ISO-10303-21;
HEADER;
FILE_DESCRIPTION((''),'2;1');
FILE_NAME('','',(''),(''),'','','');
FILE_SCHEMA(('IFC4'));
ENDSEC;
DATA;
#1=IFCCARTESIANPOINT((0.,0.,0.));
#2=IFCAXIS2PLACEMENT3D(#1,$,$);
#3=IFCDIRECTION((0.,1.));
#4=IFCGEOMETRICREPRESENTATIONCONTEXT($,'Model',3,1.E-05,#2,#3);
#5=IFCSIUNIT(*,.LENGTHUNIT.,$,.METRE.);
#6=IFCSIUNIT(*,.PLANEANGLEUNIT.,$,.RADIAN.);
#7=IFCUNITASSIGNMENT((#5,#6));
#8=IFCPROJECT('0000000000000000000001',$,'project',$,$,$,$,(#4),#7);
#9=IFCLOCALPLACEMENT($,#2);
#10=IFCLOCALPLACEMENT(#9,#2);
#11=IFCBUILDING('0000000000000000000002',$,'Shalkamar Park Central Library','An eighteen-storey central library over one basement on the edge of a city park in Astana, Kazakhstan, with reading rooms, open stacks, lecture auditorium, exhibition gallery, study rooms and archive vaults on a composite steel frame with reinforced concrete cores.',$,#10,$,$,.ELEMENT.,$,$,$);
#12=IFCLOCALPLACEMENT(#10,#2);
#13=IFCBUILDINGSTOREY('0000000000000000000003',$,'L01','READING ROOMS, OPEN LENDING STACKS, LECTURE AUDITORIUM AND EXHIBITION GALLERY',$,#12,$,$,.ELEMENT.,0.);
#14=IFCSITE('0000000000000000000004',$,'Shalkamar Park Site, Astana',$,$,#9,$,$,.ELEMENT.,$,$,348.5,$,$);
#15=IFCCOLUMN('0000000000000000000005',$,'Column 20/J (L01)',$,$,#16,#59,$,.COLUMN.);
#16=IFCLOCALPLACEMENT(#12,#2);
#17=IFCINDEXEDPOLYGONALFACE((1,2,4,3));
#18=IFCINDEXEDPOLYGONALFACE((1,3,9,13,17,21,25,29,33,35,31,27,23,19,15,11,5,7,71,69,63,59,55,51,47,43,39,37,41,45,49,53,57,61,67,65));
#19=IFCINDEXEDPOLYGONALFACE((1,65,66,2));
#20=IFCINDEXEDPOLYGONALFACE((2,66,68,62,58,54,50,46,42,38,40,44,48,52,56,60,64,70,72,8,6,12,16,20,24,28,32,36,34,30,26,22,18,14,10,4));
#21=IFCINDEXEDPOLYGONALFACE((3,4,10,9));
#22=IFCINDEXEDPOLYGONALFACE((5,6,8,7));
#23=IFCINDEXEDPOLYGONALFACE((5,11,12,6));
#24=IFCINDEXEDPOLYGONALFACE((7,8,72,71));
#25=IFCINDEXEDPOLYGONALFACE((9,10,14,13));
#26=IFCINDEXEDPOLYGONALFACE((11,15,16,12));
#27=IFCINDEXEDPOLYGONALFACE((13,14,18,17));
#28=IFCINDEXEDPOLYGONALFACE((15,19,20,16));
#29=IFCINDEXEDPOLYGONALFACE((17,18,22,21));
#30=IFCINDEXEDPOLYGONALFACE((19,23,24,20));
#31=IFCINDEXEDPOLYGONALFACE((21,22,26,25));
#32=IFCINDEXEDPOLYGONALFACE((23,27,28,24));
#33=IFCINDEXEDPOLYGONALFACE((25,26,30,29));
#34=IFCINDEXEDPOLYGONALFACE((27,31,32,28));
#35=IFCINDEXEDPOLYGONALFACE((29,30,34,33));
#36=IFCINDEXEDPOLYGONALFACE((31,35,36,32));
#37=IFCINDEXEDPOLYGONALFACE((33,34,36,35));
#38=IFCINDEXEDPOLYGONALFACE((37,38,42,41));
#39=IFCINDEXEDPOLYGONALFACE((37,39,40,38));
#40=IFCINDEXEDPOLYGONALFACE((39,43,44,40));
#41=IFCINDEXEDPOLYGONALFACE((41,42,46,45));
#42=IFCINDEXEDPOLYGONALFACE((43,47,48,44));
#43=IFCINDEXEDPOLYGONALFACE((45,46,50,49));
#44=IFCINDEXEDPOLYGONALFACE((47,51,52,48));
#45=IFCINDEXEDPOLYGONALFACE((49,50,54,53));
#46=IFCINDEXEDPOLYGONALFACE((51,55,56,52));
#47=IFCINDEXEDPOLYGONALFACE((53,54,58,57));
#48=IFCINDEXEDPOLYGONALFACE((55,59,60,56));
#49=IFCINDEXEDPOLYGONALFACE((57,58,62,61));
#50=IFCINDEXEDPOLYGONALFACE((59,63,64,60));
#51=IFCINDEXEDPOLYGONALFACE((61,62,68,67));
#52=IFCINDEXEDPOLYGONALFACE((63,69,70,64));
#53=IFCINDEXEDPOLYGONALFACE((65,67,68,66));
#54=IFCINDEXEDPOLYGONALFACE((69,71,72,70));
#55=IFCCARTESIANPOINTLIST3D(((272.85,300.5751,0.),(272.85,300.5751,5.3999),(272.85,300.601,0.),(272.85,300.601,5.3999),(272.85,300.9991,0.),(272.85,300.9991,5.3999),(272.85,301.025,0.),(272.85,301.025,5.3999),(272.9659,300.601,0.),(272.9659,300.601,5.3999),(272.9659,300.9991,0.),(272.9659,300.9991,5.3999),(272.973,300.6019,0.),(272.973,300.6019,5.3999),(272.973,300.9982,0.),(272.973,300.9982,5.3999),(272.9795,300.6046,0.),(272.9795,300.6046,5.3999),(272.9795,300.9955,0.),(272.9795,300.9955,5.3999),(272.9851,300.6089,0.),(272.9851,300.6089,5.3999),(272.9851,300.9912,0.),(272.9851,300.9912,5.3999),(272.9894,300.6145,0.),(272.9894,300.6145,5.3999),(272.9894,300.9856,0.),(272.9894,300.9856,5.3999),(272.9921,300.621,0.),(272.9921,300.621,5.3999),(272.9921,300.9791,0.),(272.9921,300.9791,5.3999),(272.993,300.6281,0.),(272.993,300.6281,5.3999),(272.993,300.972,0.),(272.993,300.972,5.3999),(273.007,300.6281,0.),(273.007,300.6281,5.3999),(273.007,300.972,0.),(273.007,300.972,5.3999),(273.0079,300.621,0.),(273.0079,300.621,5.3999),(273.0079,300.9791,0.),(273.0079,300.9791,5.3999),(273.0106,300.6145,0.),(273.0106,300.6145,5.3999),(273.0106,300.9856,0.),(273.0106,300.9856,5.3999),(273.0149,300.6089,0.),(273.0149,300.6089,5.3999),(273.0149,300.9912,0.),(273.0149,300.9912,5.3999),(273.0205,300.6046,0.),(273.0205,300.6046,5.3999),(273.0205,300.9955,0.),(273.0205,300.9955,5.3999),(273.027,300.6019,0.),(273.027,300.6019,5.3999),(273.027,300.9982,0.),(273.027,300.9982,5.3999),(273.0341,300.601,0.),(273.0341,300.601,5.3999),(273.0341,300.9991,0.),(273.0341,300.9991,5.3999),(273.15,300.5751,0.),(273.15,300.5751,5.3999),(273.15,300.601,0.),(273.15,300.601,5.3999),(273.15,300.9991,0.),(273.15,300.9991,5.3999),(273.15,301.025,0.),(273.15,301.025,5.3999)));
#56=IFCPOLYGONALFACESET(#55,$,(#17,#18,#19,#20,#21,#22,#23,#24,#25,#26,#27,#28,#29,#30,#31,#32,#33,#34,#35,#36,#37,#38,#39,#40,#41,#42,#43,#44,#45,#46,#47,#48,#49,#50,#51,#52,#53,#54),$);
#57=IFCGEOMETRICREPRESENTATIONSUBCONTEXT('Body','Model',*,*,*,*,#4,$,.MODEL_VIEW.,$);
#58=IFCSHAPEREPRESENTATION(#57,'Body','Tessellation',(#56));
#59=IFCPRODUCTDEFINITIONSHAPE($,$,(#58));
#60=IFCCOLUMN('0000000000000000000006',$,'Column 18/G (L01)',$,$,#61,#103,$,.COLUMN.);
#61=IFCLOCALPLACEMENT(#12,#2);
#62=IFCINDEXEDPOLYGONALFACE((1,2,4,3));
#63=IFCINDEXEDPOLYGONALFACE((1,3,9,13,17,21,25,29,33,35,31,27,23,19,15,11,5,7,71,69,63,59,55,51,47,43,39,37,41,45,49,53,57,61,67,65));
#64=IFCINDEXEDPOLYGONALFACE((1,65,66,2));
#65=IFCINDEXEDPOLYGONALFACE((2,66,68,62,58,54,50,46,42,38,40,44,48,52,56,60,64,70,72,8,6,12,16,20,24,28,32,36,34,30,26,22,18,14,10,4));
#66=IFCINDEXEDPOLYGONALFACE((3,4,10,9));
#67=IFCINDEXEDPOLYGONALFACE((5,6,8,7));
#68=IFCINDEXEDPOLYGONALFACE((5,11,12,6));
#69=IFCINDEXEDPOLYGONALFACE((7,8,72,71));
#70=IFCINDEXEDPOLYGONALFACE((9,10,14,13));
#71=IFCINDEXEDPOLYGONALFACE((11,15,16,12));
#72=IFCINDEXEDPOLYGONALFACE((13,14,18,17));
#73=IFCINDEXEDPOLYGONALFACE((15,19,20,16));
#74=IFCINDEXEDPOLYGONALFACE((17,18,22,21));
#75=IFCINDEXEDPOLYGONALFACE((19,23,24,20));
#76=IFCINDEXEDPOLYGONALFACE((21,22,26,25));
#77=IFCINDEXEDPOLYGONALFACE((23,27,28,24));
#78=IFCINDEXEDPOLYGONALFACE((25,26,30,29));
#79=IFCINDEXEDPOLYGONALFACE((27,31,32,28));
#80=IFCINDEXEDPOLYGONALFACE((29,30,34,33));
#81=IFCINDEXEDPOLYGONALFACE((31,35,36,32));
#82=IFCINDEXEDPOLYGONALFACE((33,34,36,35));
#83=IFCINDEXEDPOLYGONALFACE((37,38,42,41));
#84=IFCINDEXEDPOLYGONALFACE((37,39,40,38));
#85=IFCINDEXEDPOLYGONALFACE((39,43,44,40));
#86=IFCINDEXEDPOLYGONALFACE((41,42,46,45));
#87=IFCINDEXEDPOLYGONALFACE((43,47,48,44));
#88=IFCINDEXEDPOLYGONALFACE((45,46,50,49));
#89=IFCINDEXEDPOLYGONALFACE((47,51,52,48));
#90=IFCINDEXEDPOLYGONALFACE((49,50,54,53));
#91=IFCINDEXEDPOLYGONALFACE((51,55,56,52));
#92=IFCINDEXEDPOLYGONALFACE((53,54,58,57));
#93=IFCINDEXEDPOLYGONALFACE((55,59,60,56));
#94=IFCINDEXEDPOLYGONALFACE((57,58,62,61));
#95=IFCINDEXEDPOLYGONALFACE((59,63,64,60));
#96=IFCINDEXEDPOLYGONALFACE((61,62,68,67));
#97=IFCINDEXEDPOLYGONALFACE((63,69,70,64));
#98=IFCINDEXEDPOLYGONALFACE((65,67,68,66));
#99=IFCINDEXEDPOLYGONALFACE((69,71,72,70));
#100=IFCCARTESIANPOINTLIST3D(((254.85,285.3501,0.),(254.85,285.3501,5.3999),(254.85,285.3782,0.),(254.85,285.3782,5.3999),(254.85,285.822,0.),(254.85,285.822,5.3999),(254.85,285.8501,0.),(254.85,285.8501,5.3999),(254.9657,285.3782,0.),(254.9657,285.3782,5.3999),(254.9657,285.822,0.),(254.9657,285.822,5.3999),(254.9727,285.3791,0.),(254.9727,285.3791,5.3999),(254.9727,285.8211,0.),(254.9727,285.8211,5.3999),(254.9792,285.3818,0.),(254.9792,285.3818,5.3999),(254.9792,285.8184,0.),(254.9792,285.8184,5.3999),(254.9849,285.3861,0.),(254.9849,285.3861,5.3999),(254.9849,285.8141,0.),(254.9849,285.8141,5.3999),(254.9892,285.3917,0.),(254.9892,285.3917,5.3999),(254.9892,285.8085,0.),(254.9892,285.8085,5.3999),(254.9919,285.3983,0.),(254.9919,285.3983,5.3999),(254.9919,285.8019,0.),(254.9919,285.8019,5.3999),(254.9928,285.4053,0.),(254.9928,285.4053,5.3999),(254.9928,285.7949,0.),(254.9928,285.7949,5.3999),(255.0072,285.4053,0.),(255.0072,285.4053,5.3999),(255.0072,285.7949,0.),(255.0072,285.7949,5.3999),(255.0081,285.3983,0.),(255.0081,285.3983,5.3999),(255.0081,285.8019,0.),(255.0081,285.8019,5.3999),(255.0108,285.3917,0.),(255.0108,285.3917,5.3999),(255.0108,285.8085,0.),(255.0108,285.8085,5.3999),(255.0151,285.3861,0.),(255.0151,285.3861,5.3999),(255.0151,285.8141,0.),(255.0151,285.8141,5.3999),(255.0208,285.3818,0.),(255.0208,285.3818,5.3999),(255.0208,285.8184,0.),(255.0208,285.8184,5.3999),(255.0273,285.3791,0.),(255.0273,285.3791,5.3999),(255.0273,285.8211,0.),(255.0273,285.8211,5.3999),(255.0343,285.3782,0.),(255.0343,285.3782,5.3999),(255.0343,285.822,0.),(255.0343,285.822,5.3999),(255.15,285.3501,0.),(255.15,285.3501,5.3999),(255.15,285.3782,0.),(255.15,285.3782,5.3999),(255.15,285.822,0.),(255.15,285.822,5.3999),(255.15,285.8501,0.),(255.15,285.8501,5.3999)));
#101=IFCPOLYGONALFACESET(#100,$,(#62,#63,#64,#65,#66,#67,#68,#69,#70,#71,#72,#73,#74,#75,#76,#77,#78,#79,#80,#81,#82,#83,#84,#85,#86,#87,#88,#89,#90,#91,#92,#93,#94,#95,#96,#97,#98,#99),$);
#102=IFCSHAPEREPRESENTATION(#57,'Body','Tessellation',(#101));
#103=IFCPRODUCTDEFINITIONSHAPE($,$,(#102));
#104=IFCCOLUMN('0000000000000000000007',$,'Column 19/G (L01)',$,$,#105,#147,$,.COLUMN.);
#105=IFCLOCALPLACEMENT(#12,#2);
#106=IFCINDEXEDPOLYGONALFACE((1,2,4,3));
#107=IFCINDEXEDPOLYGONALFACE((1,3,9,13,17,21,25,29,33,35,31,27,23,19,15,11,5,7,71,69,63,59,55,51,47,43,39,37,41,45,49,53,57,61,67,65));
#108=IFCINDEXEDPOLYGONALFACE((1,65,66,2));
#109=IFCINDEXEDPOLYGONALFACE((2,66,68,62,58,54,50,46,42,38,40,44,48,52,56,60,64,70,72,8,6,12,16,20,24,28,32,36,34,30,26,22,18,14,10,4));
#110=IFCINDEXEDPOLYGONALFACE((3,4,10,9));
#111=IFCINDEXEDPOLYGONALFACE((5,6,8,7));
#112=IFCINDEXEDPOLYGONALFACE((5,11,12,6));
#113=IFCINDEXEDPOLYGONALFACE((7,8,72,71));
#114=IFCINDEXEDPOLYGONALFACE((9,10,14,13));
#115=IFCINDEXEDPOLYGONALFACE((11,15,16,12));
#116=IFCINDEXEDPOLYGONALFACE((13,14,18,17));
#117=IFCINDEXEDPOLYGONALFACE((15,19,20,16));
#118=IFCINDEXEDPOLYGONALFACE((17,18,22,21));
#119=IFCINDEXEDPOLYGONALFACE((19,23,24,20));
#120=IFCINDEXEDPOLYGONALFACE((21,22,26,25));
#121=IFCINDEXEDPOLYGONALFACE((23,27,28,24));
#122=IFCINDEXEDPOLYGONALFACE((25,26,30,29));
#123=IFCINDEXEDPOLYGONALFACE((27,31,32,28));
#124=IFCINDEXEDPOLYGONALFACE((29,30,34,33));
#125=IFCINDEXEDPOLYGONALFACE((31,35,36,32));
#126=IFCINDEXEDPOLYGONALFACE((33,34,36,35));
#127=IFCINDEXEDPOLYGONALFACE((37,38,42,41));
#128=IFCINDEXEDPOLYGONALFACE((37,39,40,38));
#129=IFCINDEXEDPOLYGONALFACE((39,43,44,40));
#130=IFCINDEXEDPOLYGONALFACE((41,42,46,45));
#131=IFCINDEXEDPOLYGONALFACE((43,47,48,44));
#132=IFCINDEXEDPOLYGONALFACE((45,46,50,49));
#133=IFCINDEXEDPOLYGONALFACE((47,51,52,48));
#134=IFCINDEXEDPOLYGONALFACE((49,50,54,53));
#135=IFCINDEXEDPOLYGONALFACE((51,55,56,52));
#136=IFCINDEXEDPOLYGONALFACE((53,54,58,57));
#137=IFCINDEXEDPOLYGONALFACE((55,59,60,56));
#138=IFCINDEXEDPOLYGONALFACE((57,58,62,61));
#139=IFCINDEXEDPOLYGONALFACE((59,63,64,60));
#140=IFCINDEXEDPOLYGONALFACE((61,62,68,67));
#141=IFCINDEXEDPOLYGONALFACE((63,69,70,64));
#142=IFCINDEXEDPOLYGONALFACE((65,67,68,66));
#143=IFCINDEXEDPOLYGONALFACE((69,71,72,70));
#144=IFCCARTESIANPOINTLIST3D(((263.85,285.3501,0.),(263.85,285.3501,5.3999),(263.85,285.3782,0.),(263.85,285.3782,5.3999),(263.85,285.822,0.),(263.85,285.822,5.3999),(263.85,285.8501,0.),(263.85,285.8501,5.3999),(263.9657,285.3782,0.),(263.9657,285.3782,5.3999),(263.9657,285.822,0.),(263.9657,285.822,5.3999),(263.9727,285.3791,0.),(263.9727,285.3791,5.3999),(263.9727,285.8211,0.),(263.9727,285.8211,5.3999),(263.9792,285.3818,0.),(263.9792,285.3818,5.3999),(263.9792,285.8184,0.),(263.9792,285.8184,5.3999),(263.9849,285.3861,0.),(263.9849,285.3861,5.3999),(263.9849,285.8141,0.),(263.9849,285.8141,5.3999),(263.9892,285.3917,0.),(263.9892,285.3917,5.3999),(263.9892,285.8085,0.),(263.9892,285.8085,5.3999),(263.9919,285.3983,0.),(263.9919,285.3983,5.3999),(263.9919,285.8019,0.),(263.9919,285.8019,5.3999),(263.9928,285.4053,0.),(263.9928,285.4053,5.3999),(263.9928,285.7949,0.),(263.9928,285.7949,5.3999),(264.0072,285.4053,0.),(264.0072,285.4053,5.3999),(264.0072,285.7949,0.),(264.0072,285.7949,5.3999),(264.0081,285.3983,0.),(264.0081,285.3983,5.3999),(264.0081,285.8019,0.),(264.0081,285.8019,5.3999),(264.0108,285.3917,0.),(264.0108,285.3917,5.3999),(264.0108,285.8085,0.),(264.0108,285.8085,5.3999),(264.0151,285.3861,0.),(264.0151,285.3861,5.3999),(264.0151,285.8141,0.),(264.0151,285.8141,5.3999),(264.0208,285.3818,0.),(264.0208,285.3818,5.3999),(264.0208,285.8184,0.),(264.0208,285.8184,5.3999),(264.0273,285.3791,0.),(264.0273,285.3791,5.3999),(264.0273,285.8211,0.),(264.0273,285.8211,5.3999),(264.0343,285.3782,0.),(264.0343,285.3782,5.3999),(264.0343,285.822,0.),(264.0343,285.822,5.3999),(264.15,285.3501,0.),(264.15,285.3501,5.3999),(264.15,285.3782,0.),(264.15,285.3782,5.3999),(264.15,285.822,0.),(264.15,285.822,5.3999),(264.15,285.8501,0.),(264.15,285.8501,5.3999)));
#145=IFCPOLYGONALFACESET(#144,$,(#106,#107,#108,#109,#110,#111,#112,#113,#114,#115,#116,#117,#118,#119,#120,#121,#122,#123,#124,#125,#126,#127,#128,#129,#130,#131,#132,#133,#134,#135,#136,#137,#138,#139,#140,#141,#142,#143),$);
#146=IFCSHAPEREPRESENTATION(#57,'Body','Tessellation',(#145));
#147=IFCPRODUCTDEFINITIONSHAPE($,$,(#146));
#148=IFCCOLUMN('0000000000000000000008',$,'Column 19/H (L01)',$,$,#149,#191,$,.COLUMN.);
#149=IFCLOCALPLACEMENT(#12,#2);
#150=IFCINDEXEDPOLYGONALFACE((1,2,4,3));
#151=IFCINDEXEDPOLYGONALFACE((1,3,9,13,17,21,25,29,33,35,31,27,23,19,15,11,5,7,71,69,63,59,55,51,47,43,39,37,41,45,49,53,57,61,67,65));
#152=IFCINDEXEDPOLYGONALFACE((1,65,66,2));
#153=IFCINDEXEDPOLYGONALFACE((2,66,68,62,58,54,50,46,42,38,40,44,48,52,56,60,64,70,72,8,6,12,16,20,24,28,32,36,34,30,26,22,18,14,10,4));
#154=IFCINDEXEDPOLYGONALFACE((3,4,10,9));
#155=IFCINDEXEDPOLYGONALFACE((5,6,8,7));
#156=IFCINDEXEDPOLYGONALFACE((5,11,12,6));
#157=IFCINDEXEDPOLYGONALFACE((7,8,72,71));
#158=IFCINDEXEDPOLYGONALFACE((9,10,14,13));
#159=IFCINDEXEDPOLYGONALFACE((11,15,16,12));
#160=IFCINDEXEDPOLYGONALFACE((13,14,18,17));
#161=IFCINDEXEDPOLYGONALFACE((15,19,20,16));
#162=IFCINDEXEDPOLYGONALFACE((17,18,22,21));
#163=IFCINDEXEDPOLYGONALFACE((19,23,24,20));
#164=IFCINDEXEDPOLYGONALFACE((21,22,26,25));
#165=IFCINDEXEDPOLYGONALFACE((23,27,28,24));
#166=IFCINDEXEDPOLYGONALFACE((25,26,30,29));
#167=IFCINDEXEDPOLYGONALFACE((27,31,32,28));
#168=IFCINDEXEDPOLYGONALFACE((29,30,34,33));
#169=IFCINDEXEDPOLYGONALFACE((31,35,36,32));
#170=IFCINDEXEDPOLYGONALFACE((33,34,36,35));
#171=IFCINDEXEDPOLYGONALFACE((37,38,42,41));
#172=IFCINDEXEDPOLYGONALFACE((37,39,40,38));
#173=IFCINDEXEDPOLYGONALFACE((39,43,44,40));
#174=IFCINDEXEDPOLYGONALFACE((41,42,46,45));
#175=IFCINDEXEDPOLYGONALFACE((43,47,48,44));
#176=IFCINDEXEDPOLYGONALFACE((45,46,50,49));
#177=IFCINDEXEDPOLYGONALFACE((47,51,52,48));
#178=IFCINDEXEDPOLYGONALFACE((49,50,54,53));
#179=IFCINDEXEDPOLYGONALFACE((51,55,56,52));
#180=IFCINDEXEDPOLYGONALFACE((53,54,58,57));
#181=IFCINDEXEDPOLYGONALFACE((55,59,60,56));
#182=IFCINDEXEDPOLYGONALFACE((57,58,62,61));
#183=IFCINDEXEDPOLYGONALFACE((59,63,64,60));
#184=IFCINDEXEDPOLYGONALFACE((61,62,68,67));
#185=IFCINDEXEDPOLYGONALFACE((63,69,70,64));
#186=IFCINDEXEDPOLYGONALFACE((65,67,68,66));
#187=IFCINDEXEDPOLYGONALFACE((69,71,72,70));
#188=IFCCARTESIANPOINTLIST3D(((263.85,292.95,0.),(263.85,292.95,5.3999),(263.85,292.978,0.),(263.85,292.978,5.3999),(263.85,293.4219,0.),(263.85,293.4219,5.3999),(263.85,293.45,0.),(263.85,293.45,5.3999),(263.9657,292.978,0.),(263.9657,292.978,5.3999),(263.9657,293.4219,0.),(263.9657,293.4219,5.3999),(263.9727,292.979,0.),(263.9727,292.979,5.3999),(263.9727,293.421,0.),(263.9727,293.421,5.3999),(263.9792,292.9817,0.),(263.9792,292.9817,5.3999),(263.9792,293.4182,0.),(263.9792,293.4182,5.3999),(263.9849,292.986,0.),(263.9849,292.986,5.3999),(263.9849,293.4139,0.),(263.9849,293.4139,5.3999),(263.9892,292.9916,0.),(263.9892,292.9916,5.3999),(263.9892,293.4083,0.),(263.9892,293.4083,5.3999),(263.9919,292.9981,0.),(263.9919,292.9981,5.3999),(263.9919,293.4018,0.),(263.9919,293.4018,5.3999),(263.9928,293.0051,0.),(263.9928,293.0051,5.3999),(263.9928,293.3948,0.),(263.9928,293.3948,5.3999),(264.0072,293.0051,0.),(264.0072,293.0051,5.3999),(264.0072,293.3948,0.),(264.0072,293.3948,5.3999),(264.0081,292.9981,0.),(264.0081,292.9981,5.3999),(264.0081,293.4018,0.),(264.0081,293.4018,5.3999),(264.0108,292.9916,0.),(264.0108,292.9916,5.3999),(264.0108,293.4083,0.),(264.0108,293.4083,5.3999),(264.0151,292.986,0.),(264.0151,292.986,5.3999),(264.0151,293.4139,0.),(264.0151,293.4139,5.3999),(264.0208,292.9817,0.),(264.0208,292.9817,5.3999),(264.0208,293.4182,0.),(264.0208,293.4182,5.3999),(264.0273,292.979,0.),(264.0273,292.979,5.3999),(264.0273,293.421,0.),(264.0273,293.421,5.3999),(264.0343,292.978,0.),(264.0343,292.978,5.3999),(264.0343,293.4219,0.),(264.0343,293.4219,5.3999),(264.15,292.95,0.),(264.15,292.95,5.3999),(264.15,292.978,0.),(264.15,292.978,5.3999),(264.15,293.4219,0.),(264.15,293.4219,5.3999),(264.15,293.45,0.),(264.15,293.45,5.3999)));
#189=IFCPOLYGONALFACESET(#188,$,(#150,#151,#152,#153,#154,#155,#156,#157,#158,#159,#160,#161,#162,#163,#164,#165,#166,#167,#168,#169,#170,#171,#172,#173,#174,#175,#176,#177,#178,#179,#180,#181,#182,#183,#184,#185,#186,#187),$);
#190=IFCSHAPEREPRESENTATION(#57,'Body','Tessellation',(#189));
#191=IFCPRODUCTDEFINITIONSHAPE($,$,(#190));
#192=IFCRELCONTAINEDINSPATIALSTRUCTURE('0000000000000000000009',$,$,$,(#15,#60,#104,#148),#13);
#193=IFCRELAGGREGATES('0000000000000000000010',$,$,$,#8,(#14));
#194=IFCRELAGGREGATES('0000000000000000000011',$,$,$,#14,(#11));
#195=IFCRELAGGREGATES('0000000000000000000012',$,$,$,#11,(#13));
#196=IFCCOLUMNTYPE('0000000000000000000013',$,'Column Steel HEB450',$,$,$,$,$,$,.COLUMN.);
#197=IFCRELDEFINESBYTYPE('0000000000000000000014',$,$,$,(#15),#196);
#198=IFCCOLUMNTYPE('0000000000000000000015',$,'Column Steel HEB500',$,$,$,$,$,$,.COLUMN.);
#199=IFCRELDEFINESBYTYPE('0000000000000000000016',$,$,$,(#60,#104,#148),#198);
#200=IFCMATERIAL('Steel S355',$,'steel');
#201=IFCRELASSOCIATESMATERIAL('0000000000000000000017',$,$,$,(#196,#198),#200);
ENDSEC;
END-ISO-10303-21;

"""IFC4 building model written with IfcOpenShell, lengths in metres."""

from ifc_helpers import new_model, si_unit, direction, frame, origin, origin_2d, place, context, subcontext, project, spatial, i_section, extrude, material, material_profile, profile_set, type_object, element, save


model = new_model("IFC4")

# Units and contexts
model_context = context("Model", 3, precision=1e-05, world=origin(), true_north=direction((0.0, 1.0)))
body_context = subcontext(model_context, "Body", "Model", "MODEL_VIEW")
ifc_project = project(units=[si_unit("LENGTHUNIT", "METRE"), si_unit("PLANEANGLEUNIT", "RADIAN")], contexts=[model_context])

# Site, building, storey
site_placement = place(None, origin())
site = spatial("IfcSite", under=ifc_project, at=site_placement, Name="Shalkamar Park Site, Astana", CompositionType="ELEMENT", RefElevation=348.5)
building_placement = place(site_placement, origin())
building = spatial("IfcBuilding", under=site, at=building_placement, Name="Shalkamar Park Central Library", Description="An eighteen-storey central library over one basement on the edge of a city park in Astana, Kazakhstan, with reading rooms, open stacks, lecture auditorium, exhibition gallery, study rooms and archive vaults on a composite steel frame with reinforced concrete cores.", CompositionType="ELEMENT")
storey_placement = place(building_placement, origin())
storey = spatial("IfcBuildingStorey", under=building, at=storey_placement, Name="L01", Description="READING ROOMS, OPEN LENDING STACKS, LECTURE AUDITORIUM AND EXHIBITION GALLERY", CompositionType="ELEMENT", Elevation=0.0)

# Columns
ifc_material = material(Name="Steel S355", Category="steel")
ifc_material_profile_1 = material_profile(ifc_material, i_section(OverallWidth=0.3, OverallDepth=0.45, WebThickness=0.0139, FlangeThickness=0.0259, FilletRadius=0.0271, at=origin_2d()), Name="HEB 450")
ifc_profile_set_1 = profile_set([ifc_material_profile_1], Name="Steel S355")
column_type_1 = type_object("IfcColumnType", Name="Column Steel HEB450", PredefinedType="COLUMN", material=ifc_profile_set_1)
for number, where, z_axis, x_axis, name in (
    (1, (273.0, 300.8, 0.0), (0.0, 0.0, 1.0), (1.0, 0.0, 0.0), "Column 20/J (L01)"),
):
    element("IfcColumn", number, at=place(storey_placement, frame(where, z_axis=z_axis, x_axis=x_axis)), inside=storey, type_object=column_type_1, Name=name, PredefinedType="COLUMN", context=body_context, shape_type="SweptSolid", body=[
        extrude(i_section(OverallWidth=0.3, OverallDepth=0.45, WebThickness=0.0139, FlangeThickness=0.0259, FilletRadius=0.0271, at=origin_2d()), origin(), (0.0, 0.0, 1.0), 5.3999),
    ])
ifc_material_profile_2 = material_profile(ifc_material, i_section(OverallWidth=0.3, OverallDepth=0.5, WebThickness=0.0144, FlangeThickness=0.0281, FilletRadius=0.0271, at=origin_2d()), Name="HEB 500")
ifc_profile_set_2 = profile_set([ifc_material_profile_2], Name="Steel S355")
column_type_2 = type_object("IfcColumnType", Name="Column Steel HEB500", PredefinedType="COLUMN", material=ifc_profile_set_2)
for number, where, z_axis, x_axis, name in (
    (2, (255.0, 285.6001, 0.0), (0.0, 0.0, 1.0), (1.0, 0.0, 0.0), "Column 18/G (L01)"),
    (3, (264.0, 285.6001, 0.0), (0.0, 0.0, 1.0), (1.0, 0.0, 0.0), "Column 19/G (L01)"),
    (4, (264.0, 293.2, 0.0), (0.0, 0.0, 1.0), (1.0, 0.0, 0.0), "Column 19/H (L01)"),
):
    element("IfcColumn", number, at=place(storey_placement, frame(where, z_axis=z_axis, x_axis=x_axis)), inside=storey, type_object=column_type_2, Name=name, PredefinedType="COLUMN", context=body_context, shape_type="SweptSolid", body=[
        extrude(i_section(OverallWidth=0.3, OverallDepth=0.5, WebThickness=0.0144, FlangeThickness=0.0281, FilletRadius=0.0271, at=origin_2d()), origin(), (0.0, 0.0, 1.0), 5.3999),
    ])

save(model, "model.ifc")
